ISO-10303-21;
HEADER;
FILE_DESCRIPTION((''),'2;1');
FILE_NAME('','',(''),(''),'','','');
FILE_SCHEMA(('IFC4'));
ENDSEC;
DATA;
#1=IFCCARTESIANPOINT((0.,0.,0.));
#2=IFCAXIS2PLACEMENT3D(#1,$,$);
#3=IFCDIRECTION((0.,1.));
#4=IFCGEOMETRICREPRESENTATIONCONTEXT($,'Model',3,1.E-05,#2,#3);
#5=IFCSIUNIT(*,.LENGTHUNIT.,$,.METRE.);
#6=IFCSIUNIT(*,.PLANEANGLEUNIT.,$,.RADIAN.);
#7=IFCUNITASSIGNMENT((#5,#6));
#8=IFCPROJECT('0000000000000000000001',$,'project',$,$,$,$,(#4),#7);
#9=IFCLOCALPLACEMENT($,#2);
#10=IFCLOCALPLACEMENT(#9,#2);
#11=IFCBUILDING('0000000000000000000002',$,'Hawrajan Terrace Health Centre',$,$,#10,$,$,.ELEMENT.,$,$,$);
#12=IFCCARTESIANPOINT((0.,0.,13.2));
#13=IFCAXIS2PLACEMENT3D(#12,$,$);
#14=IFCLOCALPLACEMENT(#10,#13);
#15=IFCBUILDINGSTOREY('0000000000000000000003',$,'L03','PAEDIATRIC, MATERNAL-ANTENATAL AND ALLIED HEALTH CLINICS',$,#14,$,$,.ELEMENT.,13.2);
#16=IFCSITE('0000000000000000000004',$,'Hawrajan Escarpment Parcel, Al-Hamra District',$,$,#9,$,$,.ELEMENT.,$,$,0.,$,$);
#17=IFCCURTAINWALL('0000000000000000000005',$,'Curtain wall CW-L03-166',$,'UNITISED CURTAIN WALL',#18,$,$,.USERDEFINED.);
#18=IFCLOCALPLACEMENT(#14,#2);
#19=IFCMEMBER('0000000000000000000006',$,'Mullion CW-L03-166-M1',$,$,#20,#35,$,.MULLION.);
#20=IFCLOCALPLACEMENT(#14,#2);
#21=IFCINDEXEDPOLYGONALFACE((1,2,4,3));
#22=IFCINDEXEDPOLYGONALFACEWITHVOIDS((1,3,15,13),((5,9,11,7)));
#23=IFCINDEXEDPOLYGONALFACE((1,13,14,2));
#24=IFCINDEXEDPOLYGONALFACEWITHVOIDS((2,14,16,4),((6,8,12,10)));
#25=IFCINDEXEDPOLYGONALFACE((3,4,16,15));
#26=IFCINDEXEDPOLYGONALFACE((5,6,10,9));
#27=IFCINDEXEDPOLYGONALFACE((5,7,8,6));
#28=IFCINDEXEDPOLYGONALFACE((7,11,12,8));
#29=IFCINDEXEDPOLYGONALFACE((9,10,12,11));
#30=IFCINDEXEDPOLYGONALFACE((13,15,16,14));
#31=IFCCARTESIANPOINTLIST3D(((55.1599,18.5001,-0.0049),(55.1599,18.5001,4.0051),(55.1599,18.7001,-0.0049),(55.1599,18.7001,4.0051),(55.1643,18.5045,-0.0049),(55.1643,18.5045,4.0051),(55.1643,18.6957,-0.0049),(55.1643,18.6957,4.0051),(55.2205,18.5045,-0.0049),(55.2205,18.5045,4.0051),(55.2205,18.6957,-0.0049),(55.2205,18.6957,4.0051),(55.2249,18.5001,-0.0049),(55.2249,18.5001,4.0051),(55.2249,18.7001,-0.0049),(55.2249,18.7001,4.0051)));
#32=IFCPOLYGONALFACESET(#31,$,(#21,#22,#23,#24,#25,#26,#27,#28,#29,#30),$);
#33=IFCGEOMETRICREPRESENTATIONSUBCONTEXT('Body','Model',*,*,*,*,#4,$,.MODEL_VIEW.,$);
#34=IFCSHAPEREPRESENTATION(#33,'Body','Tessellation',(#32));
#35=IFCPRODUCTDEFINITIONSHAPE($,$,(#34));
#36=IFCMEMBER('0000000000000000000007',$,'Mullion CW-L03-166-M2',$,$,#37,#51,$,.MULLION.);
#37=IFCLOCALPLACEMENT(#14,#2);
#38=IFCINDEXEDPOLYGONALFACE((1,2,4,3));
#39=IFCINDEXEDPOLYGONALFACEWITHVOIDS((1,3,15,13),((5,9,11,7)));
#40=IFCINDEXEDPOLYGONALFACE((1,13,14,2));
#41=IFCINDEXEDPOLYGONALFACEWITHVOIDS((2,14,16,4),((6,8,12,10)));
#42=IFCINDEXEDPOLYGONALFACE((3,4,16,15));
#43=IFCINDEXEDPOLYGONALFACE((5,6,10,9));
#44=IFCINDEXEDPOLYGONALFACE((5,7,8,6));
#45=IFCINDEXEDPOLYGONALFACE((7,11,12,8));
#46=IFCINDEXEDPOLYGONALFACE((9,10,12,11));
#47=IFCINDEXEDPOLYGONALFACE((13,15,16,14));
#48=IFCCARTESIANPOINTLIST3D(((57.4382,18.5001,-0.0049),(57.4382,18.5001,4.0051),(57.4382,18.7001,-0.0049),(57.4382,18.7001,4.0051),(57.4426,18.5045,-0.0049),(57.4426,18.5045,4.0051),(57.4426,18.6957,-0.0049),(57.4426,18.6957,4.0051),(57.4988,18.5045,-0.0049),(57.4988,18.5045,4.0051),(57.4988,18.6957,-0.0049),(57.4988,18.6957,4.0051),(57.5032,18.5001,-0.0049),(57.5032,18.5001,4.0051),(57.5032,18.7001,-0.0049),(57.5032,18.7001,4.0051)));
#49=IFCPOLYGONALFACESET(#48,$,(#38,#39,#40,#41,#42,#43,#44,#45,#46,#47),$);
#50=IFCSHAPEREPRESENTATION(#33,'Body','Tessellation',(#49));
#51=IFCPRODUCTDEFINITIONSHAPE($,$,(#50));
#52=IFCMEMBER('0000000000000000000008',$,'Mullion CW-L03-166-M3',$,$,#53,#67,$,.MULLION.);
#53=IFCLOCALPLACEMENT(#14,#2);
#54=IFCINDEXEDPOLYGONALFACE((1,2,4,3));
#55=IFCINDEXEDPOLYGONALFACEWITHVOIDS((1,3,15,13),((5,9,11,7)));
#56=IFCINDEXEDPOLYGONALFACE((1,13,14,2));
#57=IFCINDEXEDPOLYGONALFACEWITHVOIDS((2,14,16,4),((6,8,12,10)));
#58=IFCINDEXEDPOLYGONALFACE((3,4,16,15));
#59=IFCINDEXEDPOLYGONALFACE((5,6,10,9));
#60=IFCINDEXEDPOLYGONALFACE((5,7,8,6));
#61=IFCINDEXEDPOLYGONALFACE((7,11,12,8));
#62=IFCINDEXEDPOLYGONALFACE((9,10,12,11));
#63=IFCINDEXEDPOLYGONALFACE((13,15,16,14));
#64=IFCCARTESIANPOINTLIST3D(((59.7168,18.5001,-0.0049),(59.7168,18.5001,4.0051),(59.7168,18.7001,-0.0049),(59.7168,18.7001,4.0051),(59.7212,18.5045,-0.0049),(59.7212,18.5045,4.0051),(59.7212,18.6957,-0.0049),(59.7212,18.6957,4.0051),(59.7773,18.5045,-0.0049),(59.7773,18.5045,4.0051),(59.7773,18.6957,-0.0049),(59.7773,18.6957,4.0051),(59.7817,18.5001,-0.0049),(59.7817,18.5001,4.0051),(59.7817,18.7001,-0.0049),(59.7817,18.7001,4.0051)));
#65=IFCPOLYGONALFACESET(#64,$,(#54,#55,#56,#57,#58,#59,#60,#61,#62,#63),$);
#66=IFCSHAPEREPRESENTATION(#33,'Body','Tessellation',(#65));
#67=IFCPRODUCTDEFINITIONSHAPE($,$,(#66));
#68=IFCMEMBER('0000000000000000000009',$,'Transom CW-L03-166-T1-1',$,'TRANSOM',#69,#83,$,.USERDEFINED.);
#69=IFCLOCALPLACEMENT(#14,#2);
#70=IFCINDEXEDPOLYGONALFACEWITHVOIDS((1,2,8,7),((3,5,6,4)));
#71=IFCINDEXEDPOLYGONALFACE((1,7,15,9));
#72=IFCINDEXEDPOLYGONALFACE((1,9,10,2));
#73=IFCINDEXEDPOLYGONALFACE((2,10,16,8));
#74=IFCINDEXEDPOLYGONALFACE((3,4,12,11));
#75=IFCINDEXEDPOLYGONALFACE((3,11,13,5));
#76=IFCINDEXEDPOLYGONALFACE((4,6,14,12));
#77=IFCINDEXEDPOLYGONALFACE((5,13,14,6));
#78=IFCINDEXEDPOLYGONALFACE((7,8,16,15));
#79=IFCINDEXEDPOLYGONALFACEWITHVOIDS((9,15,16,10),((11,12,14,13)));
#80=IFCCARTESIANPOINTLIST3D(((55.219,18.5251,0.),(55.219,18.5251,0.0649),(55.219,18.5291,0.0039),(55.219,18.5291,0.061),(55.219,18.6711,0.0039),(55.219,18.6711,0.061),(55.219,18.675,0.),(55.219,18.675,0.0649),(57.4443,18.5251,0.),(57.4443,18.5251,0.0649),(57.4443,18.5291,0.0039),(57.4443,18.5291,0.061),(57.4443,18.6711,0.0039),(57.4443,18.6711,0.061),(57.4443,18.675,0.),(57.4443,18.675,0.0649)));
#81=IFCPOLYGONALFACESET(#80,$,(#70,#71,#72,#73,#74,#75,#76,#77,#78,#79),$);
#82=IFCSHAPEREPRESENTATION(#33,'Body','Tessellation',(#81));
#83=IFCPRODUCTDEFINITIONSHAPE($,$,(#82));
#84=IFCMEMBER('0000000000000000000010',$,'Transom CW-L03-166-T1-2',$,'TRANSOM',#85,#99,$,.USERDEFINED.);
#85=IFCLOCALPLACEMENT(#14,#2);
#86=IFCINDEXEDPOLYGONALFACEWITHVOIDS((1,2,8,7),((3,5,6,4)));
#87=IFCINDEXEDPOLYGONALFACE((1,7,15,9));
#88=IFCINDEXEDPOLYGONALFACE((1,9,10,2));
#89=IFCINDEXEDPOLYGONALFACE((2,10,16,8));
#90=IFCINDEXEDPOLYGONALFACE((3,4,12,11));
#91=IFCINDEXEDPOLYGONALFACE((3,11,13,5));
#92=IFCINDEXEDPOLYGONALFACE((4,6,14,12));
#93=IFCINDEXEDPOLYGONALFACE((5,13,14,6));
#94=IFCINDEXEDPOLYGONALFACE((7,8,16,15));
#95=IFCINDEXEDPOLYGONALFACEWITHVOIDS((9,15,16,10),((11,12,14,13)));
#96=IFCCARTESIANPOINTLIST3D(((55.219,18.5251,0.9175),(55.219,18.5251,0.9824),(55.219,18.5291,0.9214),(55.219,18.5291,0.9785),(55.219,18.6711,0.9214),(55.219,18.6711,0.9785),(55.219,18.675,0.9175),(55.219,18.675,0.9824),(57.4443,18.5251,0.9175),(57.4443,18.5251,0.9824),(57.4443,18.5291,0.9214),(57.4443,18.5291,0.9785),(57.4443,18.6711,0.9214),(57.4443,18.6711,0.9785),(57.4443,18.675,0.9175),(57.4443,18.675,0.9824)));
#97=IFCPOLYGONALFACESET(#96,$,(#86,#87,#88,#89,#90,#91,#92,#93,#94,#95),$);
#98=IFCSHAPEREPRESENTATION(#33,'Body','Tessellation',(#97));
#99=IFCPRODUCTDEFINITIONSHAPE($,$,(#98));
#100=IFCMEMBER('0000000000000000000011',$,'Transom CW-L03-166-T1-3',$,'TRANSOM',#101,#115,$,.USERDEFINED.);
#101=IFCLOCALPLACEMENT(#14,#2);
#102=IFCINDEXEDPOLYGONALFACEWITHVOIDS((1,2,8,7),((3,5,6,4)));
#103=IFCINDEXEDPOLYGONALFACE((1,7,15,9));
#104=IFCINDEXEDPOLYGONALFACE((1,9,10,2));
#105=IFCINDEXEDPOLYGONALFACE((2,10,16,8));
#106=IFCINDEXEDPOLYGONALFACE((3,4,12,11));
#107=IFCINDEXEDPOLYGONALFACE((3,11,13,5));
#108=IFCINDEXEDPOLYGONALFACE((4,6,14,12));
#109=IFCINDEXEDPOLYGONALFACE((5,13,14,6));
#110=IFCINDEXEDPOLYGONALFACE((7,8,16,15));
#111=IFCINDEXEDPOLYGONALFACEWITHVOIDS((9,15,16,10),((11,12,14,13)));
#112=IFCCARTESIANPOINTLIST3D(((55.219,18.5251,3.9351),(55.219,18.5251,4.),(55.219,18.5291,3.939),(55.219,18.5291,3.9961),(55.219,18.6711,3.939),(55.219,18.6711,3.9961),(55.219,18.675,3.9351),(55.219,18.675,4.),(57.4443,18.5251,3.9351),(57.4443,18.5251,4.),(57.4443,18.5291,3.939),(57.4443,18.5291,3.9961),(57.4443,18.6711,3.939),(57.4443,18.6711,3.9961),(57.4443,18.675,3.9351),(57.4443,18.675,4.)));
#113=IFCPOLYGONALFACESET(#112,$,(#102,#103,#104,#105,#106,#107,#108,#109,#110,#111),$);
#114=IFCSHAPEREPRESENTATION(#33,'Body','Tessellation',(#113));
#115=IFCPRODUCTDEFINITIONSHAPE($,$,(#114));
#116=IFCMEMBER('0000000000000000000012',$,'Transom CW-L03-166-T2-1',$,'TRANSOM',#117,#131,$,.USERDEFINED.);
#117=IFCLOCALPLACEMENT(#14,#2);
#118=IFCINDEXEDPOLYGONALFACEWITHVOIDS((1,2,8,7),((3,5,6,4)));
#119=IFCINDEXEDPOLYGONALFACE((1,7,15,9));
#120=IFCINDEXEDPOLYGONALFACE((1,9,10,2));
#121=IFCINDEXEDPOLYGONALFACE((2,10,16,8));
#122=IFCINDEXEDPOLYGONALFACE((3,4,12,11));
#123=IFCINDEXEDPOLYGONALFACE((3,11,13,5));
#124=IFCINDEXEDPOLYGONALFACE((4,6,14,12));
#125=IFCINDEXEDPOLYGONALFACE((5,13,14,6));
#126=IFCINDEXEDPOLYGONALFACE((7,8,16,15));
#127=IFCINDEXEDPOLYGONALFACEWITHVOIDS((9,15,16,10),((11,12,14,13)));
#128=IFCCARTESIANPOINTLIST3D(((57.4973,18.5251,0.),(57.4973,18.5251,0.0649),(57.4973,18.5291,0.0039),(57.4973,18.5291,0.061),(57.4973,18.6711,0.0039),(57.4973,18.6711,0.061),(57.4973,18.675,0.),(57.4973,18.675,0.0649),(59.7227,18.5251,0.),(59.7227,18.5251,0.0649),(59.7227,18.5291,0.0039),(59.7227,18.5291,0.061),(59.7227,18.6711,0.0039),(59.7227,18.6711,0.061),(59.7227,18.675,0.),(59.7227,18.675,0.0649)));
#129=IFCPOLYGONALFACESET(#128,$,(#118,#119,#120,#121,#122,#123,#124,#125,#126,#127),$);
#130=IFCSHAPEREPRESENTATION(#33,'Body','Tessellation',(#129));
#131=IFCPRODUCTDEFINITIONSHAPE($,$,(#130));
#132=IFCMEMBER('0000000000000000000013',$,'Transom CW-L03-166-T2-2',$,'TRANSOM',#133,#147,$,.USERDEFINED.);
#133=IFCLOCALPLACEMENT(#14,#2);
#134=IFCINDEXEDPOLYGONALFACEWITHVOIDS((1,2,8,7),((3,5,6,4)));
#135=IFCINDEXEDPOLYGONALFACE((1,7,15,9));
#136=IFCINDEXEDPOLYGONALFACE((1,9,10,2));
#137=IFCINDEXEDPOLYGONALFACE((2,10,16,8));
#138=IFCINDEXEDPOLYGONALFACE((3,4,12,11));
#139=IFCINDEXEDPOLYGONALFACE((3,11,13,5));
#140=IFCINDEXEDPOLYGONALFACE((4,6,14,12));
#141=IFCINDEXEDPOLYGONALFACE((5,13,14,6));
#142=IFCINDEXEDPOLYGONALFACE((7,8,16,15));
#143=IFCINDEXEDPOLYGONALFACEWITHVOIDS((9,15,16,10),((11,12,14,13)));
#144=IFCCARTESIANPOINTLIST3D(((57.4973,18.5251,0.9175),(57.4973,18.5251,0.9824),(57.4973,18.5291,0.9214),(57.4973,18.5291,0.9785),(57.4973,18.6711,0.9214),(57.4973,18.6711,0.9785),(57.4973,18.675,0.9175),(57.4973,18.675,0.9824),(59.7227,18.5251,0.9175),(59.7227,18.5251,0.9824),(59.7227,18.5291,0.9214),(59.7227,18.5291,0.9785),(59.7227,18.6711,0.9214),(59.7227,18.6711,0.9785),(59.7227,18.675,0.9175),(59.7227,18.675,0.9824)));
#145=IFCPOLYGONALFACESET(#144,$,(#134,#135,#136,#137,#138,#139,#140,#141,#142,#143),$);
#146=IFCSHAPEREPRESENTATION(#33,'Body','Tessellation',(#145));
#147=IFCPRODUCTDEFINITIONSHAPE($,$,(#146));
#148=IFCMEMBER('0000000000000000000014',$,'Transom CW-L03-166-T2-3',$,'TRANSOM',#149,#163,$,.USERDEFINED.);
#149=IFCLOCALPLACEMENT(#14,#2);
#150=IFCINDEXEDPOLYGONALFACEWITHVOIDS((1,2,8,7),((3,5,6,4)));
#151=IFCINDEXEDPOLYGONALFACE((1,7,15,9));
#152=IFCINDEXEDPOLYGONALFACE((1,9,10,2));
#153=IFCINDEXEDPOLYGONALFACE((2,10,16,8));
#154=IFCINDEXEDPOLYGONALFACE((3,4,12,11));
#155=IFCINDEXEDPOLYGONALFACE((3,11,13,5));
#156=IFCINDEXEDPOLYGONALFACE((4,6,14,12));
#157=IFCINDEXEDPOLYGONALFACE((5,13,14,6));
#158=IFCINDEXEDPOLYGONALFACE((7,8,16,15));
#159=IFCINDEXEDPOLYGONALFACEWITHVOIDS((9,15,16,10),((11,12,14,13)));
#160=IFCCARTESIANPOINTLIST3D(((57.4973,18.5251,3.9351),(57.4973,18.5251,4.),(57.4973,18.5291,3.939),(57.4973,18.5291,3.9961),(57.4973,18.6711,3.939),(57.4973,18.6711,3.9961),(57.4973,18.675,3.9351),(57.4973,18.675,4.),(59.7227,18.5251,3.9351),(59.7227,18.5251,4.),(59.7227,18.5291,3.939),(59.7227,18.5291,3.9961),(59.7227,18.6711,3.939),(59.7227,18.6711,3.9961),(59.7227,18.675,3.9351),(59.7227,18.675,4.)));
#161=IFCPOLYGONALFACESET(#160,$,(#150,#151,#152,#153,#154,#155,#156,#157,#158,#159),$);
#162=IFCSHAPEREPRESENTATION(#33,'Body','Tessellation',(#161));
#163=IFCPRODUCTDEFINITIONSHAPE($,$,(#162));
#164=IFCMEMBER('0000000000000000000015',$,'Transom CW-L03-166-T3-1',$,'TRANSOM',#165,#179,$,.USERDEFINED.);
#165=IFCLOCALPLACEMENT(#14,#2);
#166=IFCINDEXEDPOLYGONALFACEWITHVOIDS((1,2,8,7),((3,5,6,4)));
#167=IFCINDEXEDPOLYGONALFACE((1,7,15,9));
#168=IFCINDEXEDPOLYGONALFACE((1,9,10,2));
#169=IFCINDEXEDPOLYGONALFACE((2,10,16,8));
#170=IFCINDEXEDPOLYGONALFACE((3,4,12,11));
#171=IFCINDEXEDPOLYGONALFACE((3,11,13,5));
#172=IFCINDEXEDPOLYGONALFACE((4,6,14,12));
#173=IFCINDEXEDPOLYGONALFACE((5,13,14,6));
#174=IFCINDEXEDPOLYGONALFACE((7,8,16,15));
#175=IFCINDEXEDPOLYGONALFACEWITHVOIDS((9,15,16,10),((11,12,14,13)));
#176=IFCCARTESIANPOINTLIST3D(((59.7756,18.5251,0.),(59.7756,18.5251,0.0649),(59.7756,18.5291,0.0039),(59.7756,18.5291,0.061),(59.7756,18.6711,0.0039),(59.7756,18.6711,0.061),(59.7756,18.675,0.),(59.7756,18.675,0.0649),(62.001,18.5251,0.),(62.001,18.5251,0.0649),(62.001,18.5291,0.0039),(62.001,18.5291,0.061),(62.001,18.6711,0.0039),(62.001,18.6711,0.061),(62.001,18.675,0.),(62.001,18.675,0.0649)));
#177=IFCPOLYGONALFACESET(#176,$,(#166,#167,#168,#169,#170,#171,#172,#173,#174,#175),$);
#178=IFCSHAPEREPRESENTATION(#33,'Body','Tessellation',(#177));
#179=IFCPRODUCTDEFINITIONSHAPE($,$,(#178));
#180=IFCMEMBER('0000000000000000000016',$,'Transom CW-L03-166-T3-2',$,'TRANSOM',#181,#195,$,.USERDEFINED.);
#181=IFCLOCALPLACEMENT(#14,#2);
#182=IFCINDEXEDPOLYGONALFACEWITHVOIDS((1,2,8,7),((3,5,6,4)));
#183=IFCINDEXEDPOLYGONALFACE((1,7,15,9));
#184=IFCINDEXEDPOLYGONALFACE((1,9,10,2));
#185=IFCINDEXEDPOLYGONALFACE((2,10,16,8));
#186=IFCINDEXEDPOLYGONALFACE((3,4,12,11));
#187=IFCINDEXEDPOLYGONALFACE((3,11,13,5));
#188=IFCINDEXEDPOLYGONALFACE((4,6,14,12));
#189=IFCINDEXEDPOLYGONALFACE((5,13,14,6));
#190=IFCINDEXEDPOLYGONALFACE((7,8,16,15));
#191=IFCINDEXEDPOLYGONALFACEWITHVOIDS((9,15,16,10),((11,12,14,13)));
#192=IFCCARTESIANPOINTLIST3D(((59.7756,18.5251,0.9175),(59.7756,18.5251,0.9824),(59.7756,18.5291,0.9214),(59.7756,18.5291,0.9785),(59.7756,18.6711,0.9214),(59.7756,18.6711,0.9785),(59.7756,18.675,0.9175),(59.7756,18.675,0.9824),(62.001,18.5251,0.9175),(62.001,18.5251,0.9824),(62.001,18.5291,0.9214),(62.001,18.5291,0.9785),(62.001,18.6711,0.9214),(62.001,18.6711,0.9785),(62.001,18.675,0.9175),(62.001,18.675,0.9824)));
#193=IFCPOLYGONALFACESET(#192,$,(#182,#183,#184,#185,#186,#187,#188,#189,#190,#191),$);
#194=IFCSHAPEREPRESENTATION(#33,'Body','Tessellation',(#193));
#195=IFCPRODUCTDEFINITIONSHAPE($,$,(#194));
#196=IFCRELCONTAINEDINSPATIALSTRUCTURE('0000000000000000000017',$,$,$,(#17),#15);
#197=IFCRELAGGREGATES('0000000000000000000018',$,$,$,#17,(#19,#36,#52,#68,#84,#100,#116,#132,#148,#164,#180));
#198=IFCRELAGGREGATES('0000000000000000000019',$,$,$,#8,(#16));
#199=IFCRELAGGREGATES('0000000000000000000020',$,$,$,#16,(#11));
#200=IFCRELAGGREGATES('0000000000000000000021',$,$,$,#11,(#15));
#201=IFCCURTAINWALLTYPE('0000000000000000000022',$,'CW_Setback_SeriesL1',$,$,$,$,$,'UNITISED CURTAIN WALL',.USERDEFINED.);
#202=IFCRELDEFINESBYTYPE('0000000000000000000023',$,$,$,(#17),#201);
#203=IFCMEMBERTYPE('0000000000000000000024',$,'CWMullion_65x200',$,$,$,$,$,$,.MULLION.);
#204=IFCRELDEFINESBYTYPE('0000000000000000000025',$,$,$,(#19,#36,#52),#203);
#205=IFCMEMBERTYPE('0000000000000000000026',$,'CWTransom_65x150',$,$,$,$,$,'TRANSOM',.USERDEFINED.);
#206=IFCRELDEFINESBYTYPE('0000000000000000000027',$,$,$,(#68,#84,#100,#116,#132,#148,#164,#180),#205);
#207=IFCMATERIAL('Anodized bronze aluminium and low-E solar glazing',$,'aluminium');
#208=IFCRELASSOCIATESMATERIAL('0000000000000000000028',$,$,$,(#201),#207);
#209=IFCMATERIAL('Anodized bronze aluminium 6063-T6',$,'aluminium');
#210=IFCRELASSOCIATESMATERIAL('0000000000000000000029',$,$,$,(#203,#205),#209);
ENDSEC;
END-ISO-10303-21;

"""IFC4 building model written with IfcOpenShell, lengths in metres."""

from ifc_helpers import new_model, si_unit, direction, frame, origin, origin_2d, place, context, subcontext, project, spatial, hollow_rectangle, extrude, material, material_profile, profile_set, type_object, element, aggregate, save


model = new_model("IFC4")

# Units and contexts
model_context = context("Model", 3, precision=1e-05, world=origin(), true_north=direction((0.0, 1.0)))
body_context = subcontext(model_context, "Body", "Model", "MODEL_VIEW")
ifc_project = project(units=[si_unit("LENGTHUNIT", "METRE"), si_unit("PLANEANGLEUNIT", "RADIAN")], contexts=[model_context])

# Site, building, storey
site_placement = place(None, origin())
site = spatial("IfcSite", under=ifc_project, at=site_placement, Name="Hawrajan Escarpment Parcel, Al-Hamra District", CompositionType="ELEMENT", RefElevation=0.0)
building_placement = place(site_placement, origin())
building = spatial("IfcBuilding", under=site, at=building_placement, Name="Hawrajan Terrace Health Centre", CompositionType="ELEMENT")
storey_placement = place(building_placement, frame((0.0, 0.0, 13.2)))
storey = spatial("IfcBuildingStorey", under=building, at=storey_placement, Name="L03", Description="PAEDIATRIC, MATERNAL-ANTENATAL AND ALLIED HEALTH CLINICS", CompositionType="ELEMENT", Elevation=13.2)

# Curtain wall, members
ifc_material_1 = material(Name="Anodized bronze aluminium and low-E solar glazing", Category="aluminium")
curtain_wall_type = type_object("IfcCurtainWallType", Name="CW_Setback_SeriesL1", ElementType="UNITISED CURTAIN WALL", PredefinedType="USERDEFINED", material=ifc_material_1)
curtain_wall_placement = place(storey_placement, origin())
curtain_wall = element("IfcCurtainWall", 1, at=curtain_wall_placement, inside=storey, type_object=curtain_wall_type, Name="Curtain wall CW-L03-166", ObjectType="UNITISED CURTAIN WALL", PredefinedType="USERDEFINED")
ifc_material_2 = material(Name="Anodized bronze aluminium 6063-T6", Category="aluminium")
ifc_material_profile_1 = material_profile(ifc_material_2, hollow_rectangle(XDim=0.0649, YDim=0.2, WallThickness=0.0044, at=origin_2d()), Name="CW MUL 65x200")
ifc_profile_set_1 = profile_set([ifc_material_profile_1], Name="Anodized bronze aluminium 6063-T6")
member_type_1 = type_object("IfcMemberType", Name="CWMullion_65x200", PredefinedType="MULLION", material=ifc_profile_set_1)
member_1_placement = place(storey_placement, frame((55.1924, 18.6001, -0.0049), z_axis=(0.0, 0.0, 1.0), x_axis=(1.0, 0.0, 0.0)))
member_1 = element("IfcMember", 2, at=member_1_placement, type_object=member_type_1, Name="Mullion CW-L03-166-M1", PredefinedType="MULLION", context=body_context, shape_type="SweptSolid", body=[
    extrude(hollow_rectangle(XDim=0.0649, YDim=0.2, WallThickness=0.0044, at=origin_2d()), origin(), (0.0, 0.0, 1.0), 4.01),
])
member_2_placement = place(storey_placement, frame((57.4707, 18.6001, -0.0049), z_axis=(0.0, 0.0, 1.0), x_axis=(1.0, 0.0, 0.0)))
member_2 = element("IfcMember", 3, at=member_2_placement, type_object=member_type_1, Name="Mullion CW-L03-166-M2", PredefinedType="MULLION", context=body_context, shape_type="SweptSolid", body=[
    extrude(hollow_rectangle(XDim=0.0649, YDim=0.2, WallThickness=0.0044, at=origin_2d()), origin(), (0.0, 0.0, 1.0), 4.01),
])
member_3_placement = place(storey_placement, frame((59.7493, 18.6001, -0.0049), z_axis=(0.0, 0.0, 1.0), x_axis=(1.0, 0.0, 0.0)))
member_3 = element("IfcMember", 4, at=member_3_placement, type_object=member_type_1, Name="Mullion CW-L03-166-M3", PredefinedType="MULLION", context=body_context, shape_type="SweptSolid", body=[
    extrude(hollow_rectangle(XDim=0.0649, YDim=0.2, WallThickness=0.0044, at=origin_2d()), origin(), (0.0, 0.0, 1.0), 4.01),
])
ifc_material_profile_2 = material_profile(ifc_material_2, hollow_rectangle(XDim=0.0649, YDim=0.1499, WallThickness=0.0039, at=origin_2d()), Name="CW TRN 65x150")
ifc_profile_set_2 = profile_set([ifc_material_profile_2], Name="Anodized bronze aluminium 6063-T6")
member_type_2 = type_object("IfcMemberType", Name="CWTransom_65x150", ElementType="TRANSOM", PredefinedType="USERDEFINED", material=ifc_profile_set_2)
member_4_placement = place(storey_placement, frame((55.219, 18.6001, 0.0325), z_axis=(1.0, 0.0, 0.0), x_axis=(0.0, 0.0, 1.0)))
member_4 = element("IfcMember", 5, at=member_4_placement, type_object=member_type_2, Name="Transom CW-L03-166-T1-1", ObjectType="TRANSOM", PredefinedType="USERDEFINED", context=body_context, shape_type="SweptSolid", body=[
    extrude(hollow_rectangle(XDim=0.0649, YDim=0.1499, WallThickness=0.0039, at=origin_2d()), origin(), (0.0, 0.0, 1.0), 2.2253),
])
member_5_placement = place(storey_placement, frame((55.219, 18.6001, 0.95), z_axis=(1.0, 0.0, 0.0), x_axis=(0.0, 0.0, 1.0)))
member_5 = element("IfcMember", 6, at=member_5_placement, type_object=member_type_2, Name="Transom CW-L03-166-T1-2", ObjectType="TRANSOM", PredefinedType="USERDEFINED", context=body_context, shape_type="SweptSolid", body=[
    extrude(hollow_rectangle(XDim=0.0649, YDim=0.1499, WallThickness=0.0039, at=origin_2d()), origin(), (0.0, 0.0, 1.0), 2.2253),
])
member_6_placement = place(storey_placement, frame((55.219, 18.6001, 3.9675), z_axis=(1.0, 0.0, 0.0), x_axis=(0.0, 0.0, 1.0)))
member_6 = element("IfcMember", 7, at=member_6_placement, type_object=member_type_2, Name="Transom CW-L03-166-T1-3", ObjectType="TRANSOM", PredefinedType="USERDEFINED", context=body_context, shape_type="SweptSolid", body=[
    extrude(hollow_rectangle(XDim=0.0649, YDim=0.1499, WallThickness=0.0039, at=origin_2d()), origin(), (0.0, 0.0, 1.0), 2.2253),
])
member_7_placement = place(storey_placement, frame((57.4973, 18.6001, 0.0325), z_axis=(1.0, 0.0, 0.0), x_axis=(0.0, 0.0, 1.0)))
member_7 = element("IfcMember", 8, at=member_7_placement, type_object=member_type_2, Name="Transom CW-L03-166-T2-1", ObjectType="TRANSOM", PredefinedType="USERDEFINED", context=body_context, shape_type="SweptSolid", body=[
    extrude(hollow_rectangle(XDim=0.0649, YDim=0.1499, WallThickness=0.0039, at=origin_2d()), origin(), (0.0, 0.0, 1.0), 2.2253),
])
member_8_placement = place(storey_placement, frame((57.4973, 18.6001, 0.95), z_axis=(1.0, 0.0, 0.0), x_axis=(0.0, 0.0, 1.0)))
member_8 = element("IfcMember", 9, at=member_8_placement, type_object=member_type_2, Name="Transom CW-L03-166-T2-2", ObjectType="TRANSOM", PredefinedType="USERDEFINED", context=body_context, shape_type="SweptSolid", body=[
    extrude(hollow_rectangle(XDim=0.0649, YDim=0.1499, WallThickness=0.0039, at=origin_2d()), origin(), (0.0, 0.0, 1.0), 2.2253),
])
member_9_placement = place(storey_placement, frame((57.4973, 18.6001, 3.9675), z_axis=(1.0, 0.0, 0.0), x_axis=(0.0, 0.0, 1.0)))
member_9 = element("IfcMember", 10, at=member_9_placement, type_object=member_type_2, Name="Transom CW-L03-166-T2-3", ObjectType="TRANSOM", PredefinedType="USERDEFINED", context=body_context, shape_type="SweptSolid", body=[
    extrude(hollow_rectangle(XDim=0.0649, YDim=0.1499, WallThickness=0.0039, at=origin_2d()), origin(), (0.0, 0.0, 1.0), 2.2253),
])
member_10_placement = place(storey_placement, frame((59.7756, 18.6001, 0.0325), z_axis=(1.0, 0.0, 0.0), x_axis=(0.0, 0.0, 1.0)))
member_10 = element("IfcMember", 11, at=member_10_placement, type_object=member_type_2, Name="Transom CW-L03-166-T3-1", ObjectType="TRANSOM", PredefinedType="USERDEFINED", context=body_context, shape_type="SweptSolid", body=[
    extrude(hollow_rectangle(XDim=0.0649, YDim=0.1499, WallThickness=0.0039, at=origin_2d()), origin(), (0.0, 0.0, 1.0), 2.2253),
])
member_11_placement = place(storey_placement, frame((59.7756, 18.6001, 0.95), z_axis=(1.0, 0.0, 0.0), x_axis=(0.0, 0.0, 1.0)))
member_11 = element("IfcMember", 12, at=member_11_placement, type_object=member_type_2, Name="Transom CW-L03-166-T3-2", ObjectType="TRANSOM", PredefinedType="USERDEFINED", context=body_context, shape_type="SweptSolid", body=[
    extrude(hollow_rectangle(XDim=0.0649, YDim=0.1499, WallThickness=0.0039, at=origin_2d()), origin(), (0.0, 0.0, 1.0), 2.2253),
])

aggregate(curtain_wall, [member_1, member_2, member_3, member_4, member_5, member_6, member_7, member_8, member_9, member_10, member_11])

save(model, "model.ifc")
